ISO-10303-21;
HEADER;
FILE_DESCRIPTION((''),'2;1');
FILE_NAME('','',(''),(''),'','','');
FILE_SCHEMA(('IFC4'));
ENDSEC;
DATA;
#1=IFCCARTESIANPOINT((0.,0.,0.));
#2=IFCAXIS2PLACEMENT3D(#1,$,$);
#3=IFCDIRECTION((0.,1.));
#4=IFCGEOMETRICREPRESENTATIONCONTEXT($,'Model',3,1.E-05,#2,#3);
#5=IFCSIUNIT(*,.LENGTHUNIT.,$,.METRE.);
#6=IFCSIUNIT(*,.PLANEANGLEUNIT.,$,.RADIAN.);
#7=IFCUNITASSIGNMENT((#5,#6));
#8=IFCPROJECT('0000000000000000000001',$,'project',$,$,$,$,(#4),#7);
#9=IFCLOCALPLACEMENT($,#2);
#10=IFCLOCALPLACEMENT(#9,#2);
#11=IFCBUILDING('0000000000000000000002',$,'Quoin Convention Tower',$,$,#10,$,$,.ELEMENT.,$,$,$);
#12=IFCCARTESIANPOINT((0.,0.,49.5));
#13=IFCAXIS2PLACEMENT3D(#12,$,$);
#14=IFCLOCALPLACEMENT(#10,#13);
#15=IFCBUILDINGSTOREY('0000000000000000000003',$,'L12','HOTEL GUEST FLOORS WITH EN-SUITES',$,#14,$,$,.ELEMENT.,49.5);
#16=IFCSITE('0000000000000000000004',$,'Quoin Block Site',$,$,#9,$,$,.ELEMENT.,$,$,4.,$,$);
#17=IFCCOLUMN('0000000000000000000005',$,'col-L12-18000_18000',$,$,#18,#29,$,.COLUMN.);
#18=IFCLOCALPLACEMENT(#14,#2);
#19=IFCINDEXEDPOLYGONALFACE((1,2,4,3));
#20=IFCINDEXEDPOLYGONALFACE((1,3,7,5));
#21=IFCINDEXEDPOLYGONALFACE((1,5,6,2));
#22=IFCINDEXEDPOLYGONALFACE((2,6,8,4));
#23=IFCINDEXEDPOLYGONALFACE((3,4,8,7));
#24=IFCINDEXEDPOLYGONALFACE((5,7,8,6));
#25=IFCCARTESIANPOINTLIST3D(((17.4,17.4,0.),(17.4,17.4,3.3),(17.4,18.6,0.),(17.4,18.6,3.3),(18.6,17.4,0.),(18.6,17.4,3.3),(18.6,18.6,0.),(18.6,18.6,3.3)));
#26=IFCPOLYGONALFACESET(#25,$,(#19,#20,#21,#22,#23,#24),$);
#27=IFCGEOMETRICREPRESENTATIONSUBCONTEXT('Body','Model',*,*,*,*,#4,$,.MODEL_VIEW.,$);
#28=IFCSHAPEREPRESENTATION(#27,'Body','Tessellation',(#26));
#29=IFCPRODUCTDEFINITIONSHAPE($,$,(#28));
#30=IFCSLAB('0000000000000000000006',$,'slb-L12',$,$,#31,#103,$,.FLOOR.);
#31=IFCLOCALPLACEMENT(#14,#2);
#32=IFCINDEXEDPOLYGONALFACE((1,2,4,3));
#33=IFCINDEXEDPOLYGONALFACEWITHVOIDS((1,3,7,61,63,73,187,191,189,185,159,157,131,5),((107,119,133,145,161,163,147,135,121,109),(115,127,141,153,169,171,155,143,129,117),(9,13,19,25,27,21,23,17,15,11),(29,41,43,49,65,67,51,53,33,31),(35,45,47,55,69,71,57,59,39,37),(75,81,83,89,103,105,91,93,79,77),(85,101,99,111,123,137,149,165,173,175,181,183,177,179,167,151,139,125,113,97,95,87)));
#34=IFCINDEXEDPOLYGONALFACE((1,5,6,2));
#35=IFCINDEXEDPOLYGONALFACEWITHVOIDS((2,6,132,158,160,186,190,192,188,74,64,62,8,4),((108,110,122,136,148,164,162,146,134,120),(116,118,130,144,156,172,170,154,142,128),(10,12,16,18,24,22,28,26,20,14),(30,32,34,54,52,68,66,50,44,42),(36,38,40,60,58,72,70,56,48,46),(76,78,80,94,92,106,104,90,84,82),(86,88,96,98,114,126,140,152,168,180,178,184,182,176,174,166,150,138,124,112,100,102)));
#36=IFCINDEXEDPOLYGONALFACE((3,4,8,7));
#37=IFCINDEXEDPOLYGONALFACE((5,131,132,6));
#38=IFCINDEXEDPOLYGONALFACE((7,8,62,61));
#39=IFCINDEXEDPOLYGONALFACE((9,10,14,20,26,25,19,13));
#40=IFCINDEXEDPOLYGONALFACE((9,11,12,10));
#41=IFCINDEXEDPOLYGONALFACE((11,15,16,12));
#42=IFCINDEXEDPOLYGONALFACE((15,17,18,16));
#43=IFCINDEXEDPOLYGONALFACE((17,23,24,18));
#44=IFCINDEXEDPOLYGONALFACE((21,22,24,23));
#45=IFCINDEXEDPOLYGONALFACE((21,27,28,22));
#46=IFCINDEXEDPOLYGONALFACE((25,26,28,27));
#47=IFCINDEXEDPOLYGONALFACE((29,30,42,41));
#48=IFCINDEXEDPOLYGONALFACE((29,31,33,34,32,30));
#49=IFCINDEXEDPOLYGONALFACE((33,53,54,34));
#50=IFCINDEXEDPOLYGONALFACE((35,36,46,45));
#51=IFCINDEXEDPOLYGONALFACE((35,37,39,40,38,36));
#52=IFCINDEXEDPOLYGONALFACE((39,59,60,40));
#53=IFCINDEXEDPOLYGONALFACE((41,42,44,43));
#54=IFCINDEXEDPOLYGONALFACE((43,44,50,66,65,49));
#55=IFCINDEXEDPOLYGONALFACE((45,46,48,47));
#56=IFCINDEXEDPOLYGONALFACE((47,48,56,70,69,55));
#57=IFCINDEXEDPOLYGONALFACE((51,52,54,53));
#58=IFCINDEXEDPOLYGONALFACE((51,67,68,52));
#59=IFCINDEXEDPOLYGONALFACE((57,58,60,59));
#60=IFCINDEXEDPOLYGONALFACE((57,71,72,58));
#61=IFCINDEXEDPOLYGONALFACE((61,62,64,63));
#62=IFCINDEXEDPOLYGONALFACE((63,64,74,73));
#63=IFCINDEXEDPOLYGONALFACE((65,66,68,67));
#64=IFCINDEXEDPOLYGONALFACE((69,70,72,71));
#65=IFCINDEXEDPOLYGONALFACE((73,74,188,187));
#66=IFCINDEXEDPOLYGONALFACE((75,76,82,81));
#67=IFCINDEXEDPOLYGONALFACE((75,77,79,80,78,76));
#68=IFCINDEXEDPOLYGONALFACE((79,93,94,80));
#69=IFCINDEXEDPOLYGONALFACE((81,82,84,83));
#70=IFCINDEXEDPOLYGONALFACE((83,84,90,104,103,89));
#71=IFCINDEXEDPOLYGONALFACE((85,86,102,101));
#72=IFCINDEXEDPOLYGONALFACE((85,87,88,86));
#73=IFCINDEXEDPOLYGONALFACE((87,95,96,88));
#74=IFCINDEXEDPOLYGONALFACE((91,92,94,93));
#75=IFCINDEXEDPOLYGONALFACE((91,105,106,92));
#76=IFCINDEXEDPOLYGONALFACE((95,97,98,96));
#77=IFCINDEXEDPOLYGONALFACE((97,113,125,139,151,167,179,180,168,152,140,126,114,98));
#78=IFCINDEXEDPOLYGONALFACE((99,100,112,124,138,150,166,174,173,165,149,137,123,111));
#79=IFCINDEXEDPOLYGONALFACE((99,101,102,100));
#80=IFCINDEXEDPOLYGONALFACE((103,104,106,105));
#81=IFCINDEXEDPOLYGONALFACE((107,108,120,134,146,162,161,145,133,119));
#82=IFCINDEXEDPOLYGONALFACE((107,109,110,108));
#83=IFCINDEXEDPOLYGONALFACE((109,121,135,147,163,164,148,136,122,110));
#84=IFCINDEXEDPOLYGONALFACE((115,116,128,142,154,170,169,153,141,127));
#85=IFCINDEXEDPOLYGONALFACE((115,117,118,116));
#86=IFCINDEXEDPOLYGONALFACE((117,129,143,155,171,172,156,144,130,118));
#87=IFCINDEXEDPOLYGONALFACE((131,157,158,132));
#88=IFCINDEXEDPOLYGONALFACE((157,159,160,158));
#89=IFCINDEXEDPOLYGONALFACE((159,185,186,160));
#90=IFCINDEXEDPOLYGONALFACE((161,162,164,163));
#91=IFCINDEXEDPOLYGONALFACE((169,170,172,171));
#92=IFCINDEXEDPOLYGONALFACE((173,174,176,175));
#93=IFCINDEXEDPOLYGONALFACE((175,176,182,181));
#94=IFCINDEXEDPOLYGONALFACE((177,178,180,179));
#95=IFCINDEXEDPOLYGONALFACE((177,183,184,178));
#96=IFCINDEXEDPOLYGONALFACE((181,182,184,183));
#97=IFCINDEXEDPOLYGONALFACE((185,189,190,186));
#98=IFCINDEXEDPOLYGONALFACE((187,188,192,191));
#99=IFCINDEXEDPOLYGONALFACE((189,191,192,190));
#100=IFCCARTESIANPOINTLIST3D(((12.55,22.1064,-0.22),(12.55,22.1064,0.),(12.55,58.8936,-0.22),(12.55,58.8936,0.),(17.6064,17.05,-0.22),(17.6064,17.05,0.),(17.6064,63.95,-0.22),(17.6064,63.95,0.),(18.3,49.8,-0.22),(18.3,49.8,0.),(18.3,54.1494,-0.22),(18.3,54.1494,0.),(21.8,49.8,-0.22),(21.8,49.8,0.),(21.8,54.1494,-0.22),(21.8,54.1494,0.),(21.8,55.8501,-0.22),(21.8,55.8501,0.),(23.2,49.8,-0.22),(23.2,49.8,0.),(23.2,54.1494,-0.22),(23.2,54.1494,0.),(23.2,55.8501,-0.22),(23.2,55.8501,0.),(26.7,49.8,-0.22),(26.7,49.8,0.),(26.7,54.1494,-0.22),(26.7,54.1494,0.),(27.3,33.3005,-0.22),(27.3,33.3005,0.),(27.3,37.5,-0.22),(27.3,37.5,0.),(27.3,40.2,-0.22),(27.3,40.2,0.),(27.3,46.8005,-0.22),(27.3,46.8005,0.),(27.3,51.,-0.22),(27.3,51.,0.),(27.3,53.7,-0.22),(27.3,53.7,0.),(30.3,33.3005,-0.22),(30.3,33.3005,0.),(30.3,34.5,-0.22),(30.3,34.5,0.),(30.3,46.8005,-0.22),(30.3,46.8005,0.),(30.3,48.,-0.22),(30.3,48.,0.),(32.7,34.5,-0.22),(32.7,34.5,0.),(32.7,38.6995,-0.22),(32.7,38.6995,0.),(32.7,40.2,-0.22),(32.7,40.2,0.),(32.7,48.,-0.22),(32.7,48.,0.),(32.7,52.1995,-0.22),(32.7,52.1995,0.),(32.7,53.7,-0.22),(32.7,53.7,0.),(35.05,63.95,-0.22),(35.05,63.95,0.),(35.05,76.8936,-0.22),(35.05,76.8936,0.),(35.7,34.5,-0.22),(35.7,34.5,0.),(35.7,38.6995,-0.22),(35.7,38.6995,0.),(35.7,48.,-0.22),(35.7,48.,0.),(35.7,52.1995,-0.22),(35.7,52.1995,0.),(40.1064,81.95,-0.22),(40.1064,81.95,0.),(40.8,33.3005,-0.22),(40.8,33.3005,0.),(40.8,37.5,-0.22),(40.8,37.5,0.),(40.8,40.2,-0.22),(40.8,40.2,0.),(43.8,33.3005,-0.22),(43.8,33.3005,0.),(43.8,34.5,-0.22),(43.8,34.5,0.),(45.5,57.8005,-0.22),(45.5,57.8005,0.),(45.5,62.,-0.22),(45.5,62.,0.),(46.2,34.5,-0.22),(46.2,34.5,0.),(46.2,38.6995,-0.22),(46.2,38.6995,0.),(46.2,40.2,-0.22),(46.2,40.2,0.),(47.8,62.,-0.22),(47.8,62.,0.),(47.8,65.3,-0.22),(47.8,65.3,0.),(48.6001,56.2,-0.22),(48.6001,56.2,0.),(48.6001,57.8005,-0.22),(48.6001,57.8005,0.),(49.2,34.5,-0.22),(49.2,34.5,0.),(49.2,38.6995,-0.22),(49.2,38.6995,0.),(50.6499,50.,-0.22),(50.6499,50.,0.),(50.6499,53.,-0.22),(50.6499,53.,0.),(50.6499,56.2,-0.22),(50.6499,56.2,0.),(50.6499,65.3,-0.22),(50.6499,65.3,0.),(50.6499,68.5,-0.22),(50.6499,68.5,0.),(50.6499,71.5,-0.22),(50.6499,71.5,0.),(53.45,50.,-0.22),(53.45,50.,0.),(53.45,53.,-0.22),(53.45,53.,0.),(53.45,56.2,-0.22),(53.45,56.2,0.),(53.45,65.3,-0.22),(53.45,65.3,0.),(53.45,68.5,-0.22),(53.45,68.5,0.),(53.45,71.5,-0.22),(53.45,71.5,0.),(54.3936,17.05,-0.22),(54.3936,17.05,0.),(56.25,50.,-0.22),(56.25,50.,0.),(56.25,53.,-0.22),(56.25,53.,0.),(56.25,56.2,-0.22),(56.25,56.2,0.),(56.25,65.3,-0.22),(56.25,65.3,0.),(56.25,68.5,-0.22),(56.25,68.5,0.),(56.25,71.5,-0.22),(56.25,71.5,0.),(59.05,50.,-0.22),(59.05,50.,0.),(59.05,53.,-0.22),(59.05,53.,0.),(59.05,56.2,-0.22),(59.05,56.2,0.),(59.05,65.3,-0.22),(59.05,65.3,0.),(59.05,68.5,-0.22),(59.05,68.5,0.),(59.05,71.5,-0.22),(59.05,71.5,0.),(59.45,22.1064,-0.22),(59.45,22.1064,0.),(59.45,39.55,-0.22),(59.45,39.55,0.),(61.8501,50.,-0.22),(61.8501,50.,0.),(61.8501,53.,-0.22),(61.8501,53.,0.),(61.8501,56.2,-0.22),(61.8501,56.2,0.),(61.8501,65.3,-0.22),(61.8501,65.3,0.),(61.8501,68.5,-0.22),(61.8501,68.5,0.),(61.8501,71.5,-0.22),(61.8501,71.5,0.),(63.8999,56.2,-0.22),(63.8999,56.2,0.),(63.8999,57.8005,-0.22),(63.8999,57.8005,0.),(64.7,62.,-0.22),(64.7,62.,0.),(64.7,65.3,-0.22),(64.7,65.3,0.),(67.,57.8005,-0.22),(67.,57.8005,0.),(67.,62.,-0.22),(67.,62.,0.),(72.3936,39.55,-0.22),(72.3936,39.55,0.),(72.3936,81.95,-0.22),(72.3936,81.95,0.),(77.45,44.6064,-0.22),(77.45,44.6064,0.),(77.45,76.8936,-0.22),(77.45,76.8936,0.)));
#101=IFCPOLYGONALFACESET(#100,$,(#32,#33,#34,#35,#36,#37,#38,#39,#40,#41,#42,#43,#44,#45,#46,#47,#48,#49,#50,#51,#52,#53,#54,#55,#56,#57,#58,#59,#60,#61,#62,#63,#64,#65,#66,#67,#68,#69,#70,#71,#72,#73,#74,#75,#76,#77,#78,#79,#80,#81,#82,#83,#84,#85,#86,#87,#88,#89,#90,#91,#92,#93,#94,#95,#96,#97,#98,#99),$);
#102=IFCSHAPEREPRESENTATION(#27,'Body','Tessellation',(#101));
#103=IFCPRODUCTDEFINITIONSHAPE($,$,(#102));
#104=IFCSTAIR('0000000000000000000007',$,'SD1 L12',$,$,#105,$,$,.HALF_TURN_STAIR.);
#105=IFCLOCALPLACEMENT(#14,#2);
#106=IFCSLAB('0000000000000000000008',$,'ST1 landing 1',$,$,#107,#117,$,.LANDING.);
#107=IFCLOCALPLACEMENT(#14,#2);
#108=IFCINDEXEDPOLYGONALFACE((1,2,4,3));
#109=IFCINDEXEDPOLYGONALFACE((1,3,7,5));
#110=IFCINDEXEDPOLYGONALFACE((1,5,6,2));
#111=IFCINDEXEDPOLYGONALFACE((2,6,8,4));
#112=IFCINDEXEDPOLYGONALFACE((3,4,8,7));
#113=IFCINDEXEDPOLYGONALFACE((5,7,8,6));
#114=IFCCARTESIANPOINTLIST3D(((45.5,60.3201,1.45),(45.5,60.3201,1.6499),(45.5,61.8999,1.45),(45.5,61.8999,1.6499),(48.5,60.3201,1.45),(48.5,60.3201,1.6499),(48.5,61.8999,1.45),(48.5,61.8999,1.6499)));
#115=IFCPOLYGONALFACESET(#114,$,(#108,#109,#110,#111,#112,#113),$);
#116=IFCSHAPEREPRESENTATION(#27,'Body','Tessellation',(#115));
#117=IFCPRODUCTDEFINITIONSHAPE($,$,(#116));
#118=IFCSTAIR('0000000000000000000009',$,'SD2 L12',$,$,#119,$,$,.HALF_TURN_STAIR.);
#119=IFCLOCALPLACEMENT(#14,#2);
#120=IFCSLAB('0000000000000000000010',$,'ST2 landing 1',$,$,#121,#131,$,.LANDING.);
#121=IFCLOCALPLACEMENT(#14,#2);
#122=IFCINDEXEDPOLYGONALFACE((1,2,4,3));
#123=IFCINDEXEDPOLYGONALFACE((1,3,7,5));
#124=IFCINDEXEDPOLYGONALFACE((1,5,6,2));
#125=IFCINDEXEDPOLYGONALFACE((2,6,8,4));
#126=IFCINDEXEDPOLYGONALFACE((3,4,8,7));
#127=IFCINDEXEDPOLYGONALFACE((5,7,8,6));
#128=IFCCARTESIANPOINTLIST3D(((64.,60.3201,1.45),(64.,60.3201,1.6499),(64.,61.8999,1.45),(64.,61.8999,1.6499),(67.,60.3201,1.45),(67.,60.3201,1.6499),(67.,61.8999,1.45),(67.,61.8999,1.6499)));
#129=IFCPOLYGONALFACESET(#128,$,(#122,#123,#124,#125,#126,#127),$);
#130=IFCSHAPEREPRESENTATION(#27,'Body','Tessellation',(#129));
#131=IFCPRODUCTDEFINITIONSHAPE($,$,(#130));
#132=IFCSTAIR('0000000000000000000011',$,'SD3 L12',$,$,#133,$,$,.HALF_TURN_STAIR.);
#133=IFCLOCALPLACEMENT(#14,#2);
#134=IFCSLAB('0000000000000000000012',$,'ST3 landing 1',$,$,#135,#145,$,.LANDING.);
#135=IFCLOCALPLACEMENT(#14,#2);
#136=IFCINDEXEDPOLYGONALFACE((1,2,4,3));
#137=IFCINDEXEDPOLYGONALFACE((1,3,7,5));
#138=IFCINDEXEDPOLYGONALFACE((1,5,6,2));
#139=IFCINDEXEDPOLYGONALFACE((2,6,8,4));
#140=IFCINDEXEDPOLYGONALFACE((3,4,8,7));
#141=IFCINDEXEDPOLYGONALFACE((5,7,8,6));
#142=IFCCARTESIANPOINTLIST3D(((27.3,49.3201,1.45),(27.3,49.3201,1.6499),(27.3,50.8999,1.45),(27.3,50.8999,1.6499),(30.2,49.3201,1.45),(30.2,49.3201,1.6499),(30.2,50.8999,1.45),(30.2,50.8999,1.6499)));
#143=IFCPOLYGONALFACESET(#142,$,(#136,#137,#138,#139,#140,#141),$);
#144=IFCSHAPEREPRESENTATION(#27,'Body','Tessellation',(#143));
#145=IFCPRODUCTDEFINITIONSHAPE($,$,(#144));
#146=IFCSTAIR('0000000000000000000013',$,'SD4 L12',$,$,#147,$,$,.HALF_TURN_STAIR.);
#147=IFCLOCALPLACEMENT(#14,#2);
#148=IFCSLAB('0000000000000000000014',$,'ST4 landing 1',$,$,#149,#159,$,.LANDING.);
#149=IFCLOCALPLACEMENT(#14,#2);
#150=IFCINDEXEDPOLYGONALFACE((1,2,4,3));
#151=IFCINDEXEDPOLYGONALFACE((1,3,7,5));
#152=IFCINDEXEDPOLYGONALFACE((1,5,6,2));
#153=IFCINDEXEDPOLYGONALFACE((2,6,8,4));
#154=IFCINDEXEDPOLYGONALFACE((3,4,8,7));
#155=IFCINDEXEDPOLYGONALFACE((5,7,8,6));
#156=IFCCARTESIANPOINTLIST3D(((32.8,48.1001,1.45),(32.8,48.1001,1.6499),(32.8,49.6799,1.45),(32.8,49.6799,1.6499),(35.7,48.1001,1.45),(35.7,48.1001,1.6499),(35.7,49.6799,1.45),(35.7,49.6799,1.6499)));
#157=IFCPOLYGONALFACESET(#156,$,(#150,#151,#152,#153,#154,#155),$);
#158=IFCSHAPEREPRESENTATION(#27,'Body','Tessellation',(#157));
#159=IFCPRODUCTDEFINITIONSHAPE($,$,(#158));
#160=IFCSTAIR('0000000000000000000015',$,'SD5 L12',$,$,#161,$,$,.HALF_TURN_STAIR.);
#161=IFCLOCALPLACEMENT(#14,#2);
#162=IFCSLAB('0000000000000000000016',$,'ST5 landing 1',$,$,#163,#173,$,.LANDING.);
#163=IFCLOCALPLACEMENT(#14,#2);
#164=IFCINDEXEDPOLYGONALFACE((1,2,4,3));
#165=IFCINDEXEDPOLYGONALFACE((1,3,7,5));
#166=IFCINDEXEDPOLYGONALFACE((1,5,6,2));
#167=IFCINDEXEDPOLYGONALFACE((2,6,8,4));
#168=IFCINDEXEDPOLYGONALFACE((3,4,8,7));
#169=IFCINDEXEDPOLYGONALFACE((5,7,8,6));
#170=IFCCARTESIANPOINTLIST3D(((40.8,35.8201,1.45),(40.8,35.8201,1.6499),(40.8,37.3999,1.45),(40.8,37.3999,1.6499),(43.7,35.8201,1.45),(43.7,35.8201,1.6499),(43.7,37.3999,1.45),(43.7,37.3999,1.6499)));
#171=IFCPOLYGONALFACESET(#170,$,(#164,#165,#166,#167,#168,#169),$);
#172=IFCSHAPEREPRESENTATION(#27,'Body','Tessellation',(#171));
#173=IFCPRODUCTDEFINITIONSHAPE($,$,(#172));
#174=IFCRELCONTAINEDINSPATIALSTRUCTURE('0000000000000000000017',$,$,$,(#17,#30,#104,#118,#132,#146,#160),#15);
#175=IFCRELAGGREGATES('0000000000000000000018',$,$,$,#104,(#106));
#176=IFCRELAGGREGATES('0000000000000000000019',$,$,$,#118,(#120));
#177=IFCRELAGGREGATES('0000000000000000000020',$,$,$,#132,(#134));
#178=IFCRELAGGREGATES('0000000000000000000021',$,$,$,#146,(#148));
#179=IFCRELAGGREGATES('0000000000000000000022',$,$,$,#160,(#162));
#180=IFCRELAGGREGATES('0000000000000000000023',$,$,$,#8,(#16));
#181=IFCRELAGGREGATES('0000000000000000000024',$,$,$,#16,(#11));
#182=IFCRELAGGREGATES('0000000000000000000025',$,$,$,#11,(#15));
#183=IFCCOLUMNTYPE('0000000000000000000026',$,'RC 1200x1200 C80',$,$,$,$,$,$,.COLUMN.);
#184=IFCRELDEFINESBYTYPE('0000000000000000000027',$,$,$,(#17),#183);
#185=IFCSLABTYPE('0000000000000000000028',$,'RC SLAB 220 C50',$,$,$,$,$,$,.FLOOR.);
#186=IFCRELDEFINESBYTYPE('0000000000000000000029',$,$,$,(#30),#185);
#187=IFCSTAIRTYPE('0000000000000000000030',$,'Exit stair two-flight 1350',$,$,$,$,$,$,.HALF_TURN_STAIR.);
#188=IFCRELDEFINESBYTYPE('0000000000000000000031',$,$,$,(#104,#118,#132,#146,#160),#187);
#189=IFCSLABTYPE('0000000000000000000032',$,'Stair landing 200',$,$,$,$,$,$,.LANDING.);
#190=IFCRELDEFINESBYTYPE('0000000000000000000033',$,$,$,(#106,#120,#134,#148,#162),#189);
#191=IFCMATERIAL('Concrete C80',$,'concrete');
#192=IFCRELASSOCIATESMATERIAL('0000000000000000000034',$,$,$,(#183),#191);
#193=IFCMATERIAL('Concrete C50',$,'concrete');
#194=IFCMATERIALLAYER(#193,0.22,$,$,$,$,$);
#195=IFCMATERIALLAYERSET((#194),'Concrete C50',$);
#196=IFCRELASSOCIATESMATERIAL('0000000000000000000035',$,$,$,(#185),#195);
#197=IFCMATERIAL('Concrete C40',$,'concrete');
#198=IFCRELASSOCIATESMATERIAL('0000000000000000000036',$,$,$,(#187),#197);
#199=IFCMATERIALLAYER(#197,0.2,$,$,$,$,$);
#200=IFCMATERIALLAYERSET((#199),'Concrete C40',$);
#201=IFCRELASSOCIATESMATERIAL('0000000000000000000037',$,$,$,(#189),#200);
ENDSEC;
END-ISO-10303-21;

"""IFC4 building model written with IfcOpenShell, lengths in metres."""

from ifc_helpers import new_model, si_unit, direction, frame, origin, origin_2d, place, context, subcontext, project, spatial, polyline, rectangle, outline, extrude, material, layer, layer_set, material_profile, profile_set, type_object, element, aggregate, save


model = new_model("IFC4")

# Units and contexts
model_context = context("Model", 3, precision=1e-05, world=origin(), true_north=direction((0.0, 1.0)))
body_context = subcontext(model_context, "Body", "Model", "MODEL_VIEW")
ifc_project = project(units=[si_unit("LENGTHUNIT", "METRE"), si_unit("PLANEANGLEUNIT", "RADIAN")], contexts=[model_context])

# Site, building, storey
site_placement = place(None, origin())
site = spatial("IfcSite", under=ifc_project, at=site_placement, Name="Quoin Block Site", CompositionType="ELEMENT", RefElevation=4.0)
building_placement = place(site_placement, origin())
building = spatial("IfcBuilding", under=site, at=building_placement, Name="Quoin Convention Tower", CompositionType="ELEMENT")
storey_placement = place(building_placement, frame((0.0, 0.0, 49.5)))
storey = spatial("IfcBuildingStorey", under=building, at=storey_placement, Name="L12", Description="HOTEL GUEST FLOORS WITH EN-SUITES", CompositionType="ELEMENT", Elevation=49.5)

# Column
ifc_material_1 = material(Name="Concrete C80", Category="concrete")
ifc_material_profile = material_profile(ifc_material_1, rectangle(XDim=1.2, YDim=1.2, at=origin_2d()), Name="RC 1200x1200")
ifc_profile_set = profile_set([ifc_material_profile], Name="Concrete C80")
column_type = type_object("IfcColumnType", Name="RC 1200x1200 C80", PredefinedType="COLUMN", material=ifc_profile_set)
column_placement = place(storey_placement, frame((18.0, 18.0, 0.0), z_axis=(0.0, 0.0, 1.0), x_axis=(1.0, 0.0, 0.0)))
element("IfcColumn", 1, at=column_placement, inside=storey, type_object=column_type, Name="col-L12-18000_18000", PredefinedType="COLUMN", context=body_context, shape_type="SweptSolid", body=[
    extrude(rectangle(XDim=1.2, YDim=1.2, at=origin_2d()), origin(), (0.0, 0.0, 1.0), 3.3),
])

# Slab
ifc_material_2 = material(Name="Concrete C50", Category="concrete")
ifc_layer_1 = layer(ifc_material_2, 0.22)
ifc_layer_set_1 = layer_set([ifc_layer_1], Name="Concrete C50")
slab_type_1 = type_object("IfcSlabType", Name="RC SLAB 220 C50", PredefinedType="FLOOR", material=ifc_layer_set_1)
slab_1_placement = place(storey_placement, frame((0.0, 0.0, -0.22)))
element("IfcSlab", 2, at=slab_1_placement, inside=storey, type_object=slab_type_1, Name="slb-L12", PredefinedType="FLOOR", context=body_context, shape_type="SweptSolid", body=[
    extrude(outline(polyline([(12.55, 58.8936), (17.6064, 63.95), (35.05, 63.95), (35.05, 76.8936), (40.1064, 81.95), (72.3936, 81.95), (77.45, 76.8936), (77.45, 44.6064), (72.3936, 39.55), (59.45, 39.55), (59.45, 22.1064), (54.3936, 17.05), (17.6064, 17.05), (12.55, 22.1064), (12.55, 58.8936)]), holes=[polyline([(30.3, 33.3005), (30.3, 34.5), (32.7, 34.5), (35.7, 34.5), (35.7, 38.6995), (32.7, 38.6995), (32.7, 40.2), (27.3, 40.2), (27.3, 37.5), (27.3, 33.3005), (30.3, 33.3005)]), polyline([(43.8, 33.3005), (43.8, 34.5), (46.2, 34.5), (49.2, 34.5), (49.2, 38.6995), (46.2, 38.6995), (46.2, 40.2), (40.8, 40.2), (40.8, 37.5), (40.8, 33.3005), (43.8, 33.3005)]), polyline([(27.3, 46.8005), (30.3, 46.8005), (30.3, 48.0), (32.7, 48.0), (35.7, 48.0), (35.7, 52.1995), (32.7, 52.1995), (32.7, 53.7), (27.3, 53.7), (27.3, 51.0), (27.3, 46.8005)]), polyline([(53.45, 50.0), (56.25, 50.0), (59.05, 50.0), (61.8501, 50.0), (61.8501, 53.0), (59.05, 53.0), (56.25, 53.0), (53.45, 53.0), (50.6499, 53.0), (50.6499, 50.0), (53.45, 50.0)]), polyline([(23.2, 49.8), (26.7, 49.8), (26.7, 54.1494), (23.2, 54.1494), (23.2, 55.8501), (21.8, 55.8501), (21.8, 54.1494), (18.3, 54.1494), (18.3, 49.8), (21.8, 49.8), (23.2, 49.8)]), polyline([(45.5, 57.8005), (48.6001, 57.8005), (48.6001, 56.2), (50.6499, 56.2), (53.45, 56.2), (56.25, 56.2), (59.05, 56.2), (61.8501, 56.2), (63.8999, 56.2), (63.8999, 57.8005), (67.0, 57.8005), (67.0, 62.0), (64.7, 62.0), (64.7, 65.3), (61.8501, 65.3), (59.05, 65.3), (56.25, 65.3), (53.45, 65.3), (50.6499, 65.3), (47.8, 65.3), (47.8, 62.0), (45.5, 62.0), (45.5, 57.8005)]), polyline([(59.05, 68.5), (61.8501, 68.5), (61.8501, 71.5), (59.05, 71.5), (56.25, 71.5), (53.45, 71.5), (50.6499, 71.5), (50.6499, 68.5), (53.45, 68.5), (56.25, 68.5), (59.05, 68.5)])]), origin(), (0.0, 0.0, 1.0), 0.22),
])

# Stairs, slabs
ifc_material_3 = material(Name="Concrete C40", Category="concrete")
stair_type_1 = type_object("IfcStairType", Name="Exit stair two-flight 1350", PredefinedType="HALF_TURN_STAIR", material=ifc_material_3)
stair_1_placement = place(storey_placement, origin())
stair_1 = element("IfcStair", 3, at=stair_1_placement, inside=storey, type_object=stair_type_1, Name="SD1 L12", PredefinedType="HALF_TURN_STAIR")
ifc_layer_2 = layer(ifc_material_3, 0.2)
ifc_layer_set_2 = layer_set([ifc_layer_2], Name="Concrete C40")
slab_type_2 = type_object("IfcSlabType", Name="Stair landing 200", PredefinedType="LANDING", material=ifc_layer_set_2)
slab_2_placement = place(storey_placement, frame((0.0, 0.0, 1.45)))
slab_2 = element("IfcSlab", 4, at=slab_2_placement, type_object=slab_type_2, Name="ST1 landing 1", PredefinedType="LANDING", context=body_context, shape_type="SweptSolid", body=[
    extrude(outline(polyline([(45.5, 60.3201), (48.5, 60.3201), (48.5, 61.8999), (45.5, 61.8999), (45.5, 60.3201)])), origin(), (0.0, 0.0, 1.0), 0.2),
])
aggregate(stair_1, [slab_2])
stair_2_placement = place(storey_placement, origin())
stair_2 = element("IfcStair", 5, at=stair_2_placement, inside=storey, type_object=stair_type_1, Name="SD2 L12", PredefinedType="HALF_TURN_STAIR")
slab_3_placement = place(storey_placement, frame((0.0, 0.0, 1.45)))
slab_3 = element("IfcSlab", 6, at=slab_3_placement, type_object=slab_type_2, Name="ST2 landing 1", PredefinedType="LANDING", context=body_context, shape_type="SweptSolid", body=[
    extrude(outline(polyline([(64.0, 60.3201), (67.0, 60.3201), (67.0, 61.8999), (64.0, 61.8999), (64.0, 60.3201)])), origin(), (0.0, 0.0, 1.0), 0.2),
])
aggregate(stair_2, [slab_3])
stair_3_placement = place(storey_placement, origin())
stair_3 = element("IfcStair", 7, at=stair_3_placement, inside=storey, type_object=stair_type_1, Name="SD3 L12", PredefinedType="HALF_TURN_STAIR")
slab_4_placement = place(storey_placement, frame((0.0, 0.0, 1.45)))
slab_4 = element("IfcSlab", 8, at=slab_4_placement, type_object=slab_type_2, Name="ST3 landing 1", PredefinedType="LANDING", context=body_context, shape_type="SweptSolid", body=[
    extrude(outline(polyline([(27.3, 49.3201), (30.2, 49.3201), (30.2, 50.8999), (27.3, 50.8999), (27.3, 49.3201)])), origin(), (0.0, 0.0, 1.0), 0.2),
])
aggregate(stair_3, [slab_4])
stair_4_placement = place(storey_placement, origin())
stair_4 = element("IfcStair", 9, at=stair_4_placement, inside=storey, type_object=stair_type_1, Name="SD4 L12", PredefinedType="HALF_TURN_STAIR")
slab_5_placement = place(storey_placement, frame((0.0, 0.0, 1.45)))
slab_5 = element("IfcSlab", 10, at=slab_5_placement, type_object=slab_type_2, Name="ST4 landing 1", PredefinedType="LANDING", context=body_context, shape_type="SweptSolid", body=[
    extrude(outline(polyline([(35.7, 49.6799), (32.8, 49.6799), (32.8, 48.1001), (35.7, 48.1001), (35.7, 49.6799)])), origin(), (0.0, 0.0, 1.0), 0.2),
])
aggregate(stair_4, [slab_5])
stair_5_placement = place(storey_placement, origin())
stair_5 = element("IfcStair", 11, at=stair_5_placement, inside=storey, type_object=stair_type_1, Name="SD5 L12", PredefinedType="HALF_TURN_STAIR")
slab_6_placement = place(storey_placement, frame((0.0, 0.0, 1.45)))
slab_6 = element("IfcSlab", 12, at=slab_6_placement, type_object=slab_type_2, Name="ST5 landing 1", PredefinedType="LANDING", context=body_context, shape_type="SweptSolid", body=[
    extrude(outline(polyline([(40.8, 35.8201), (43.7, 35.8201), (43.7, 37.3999), (40.8, 37.3999), (40.8, 35.8201)])), origin(), (0.0, 0.0, 1.0), 0.2),
])
aggregate(stair_5, [slab_6])

save(model, "model.ifc")
